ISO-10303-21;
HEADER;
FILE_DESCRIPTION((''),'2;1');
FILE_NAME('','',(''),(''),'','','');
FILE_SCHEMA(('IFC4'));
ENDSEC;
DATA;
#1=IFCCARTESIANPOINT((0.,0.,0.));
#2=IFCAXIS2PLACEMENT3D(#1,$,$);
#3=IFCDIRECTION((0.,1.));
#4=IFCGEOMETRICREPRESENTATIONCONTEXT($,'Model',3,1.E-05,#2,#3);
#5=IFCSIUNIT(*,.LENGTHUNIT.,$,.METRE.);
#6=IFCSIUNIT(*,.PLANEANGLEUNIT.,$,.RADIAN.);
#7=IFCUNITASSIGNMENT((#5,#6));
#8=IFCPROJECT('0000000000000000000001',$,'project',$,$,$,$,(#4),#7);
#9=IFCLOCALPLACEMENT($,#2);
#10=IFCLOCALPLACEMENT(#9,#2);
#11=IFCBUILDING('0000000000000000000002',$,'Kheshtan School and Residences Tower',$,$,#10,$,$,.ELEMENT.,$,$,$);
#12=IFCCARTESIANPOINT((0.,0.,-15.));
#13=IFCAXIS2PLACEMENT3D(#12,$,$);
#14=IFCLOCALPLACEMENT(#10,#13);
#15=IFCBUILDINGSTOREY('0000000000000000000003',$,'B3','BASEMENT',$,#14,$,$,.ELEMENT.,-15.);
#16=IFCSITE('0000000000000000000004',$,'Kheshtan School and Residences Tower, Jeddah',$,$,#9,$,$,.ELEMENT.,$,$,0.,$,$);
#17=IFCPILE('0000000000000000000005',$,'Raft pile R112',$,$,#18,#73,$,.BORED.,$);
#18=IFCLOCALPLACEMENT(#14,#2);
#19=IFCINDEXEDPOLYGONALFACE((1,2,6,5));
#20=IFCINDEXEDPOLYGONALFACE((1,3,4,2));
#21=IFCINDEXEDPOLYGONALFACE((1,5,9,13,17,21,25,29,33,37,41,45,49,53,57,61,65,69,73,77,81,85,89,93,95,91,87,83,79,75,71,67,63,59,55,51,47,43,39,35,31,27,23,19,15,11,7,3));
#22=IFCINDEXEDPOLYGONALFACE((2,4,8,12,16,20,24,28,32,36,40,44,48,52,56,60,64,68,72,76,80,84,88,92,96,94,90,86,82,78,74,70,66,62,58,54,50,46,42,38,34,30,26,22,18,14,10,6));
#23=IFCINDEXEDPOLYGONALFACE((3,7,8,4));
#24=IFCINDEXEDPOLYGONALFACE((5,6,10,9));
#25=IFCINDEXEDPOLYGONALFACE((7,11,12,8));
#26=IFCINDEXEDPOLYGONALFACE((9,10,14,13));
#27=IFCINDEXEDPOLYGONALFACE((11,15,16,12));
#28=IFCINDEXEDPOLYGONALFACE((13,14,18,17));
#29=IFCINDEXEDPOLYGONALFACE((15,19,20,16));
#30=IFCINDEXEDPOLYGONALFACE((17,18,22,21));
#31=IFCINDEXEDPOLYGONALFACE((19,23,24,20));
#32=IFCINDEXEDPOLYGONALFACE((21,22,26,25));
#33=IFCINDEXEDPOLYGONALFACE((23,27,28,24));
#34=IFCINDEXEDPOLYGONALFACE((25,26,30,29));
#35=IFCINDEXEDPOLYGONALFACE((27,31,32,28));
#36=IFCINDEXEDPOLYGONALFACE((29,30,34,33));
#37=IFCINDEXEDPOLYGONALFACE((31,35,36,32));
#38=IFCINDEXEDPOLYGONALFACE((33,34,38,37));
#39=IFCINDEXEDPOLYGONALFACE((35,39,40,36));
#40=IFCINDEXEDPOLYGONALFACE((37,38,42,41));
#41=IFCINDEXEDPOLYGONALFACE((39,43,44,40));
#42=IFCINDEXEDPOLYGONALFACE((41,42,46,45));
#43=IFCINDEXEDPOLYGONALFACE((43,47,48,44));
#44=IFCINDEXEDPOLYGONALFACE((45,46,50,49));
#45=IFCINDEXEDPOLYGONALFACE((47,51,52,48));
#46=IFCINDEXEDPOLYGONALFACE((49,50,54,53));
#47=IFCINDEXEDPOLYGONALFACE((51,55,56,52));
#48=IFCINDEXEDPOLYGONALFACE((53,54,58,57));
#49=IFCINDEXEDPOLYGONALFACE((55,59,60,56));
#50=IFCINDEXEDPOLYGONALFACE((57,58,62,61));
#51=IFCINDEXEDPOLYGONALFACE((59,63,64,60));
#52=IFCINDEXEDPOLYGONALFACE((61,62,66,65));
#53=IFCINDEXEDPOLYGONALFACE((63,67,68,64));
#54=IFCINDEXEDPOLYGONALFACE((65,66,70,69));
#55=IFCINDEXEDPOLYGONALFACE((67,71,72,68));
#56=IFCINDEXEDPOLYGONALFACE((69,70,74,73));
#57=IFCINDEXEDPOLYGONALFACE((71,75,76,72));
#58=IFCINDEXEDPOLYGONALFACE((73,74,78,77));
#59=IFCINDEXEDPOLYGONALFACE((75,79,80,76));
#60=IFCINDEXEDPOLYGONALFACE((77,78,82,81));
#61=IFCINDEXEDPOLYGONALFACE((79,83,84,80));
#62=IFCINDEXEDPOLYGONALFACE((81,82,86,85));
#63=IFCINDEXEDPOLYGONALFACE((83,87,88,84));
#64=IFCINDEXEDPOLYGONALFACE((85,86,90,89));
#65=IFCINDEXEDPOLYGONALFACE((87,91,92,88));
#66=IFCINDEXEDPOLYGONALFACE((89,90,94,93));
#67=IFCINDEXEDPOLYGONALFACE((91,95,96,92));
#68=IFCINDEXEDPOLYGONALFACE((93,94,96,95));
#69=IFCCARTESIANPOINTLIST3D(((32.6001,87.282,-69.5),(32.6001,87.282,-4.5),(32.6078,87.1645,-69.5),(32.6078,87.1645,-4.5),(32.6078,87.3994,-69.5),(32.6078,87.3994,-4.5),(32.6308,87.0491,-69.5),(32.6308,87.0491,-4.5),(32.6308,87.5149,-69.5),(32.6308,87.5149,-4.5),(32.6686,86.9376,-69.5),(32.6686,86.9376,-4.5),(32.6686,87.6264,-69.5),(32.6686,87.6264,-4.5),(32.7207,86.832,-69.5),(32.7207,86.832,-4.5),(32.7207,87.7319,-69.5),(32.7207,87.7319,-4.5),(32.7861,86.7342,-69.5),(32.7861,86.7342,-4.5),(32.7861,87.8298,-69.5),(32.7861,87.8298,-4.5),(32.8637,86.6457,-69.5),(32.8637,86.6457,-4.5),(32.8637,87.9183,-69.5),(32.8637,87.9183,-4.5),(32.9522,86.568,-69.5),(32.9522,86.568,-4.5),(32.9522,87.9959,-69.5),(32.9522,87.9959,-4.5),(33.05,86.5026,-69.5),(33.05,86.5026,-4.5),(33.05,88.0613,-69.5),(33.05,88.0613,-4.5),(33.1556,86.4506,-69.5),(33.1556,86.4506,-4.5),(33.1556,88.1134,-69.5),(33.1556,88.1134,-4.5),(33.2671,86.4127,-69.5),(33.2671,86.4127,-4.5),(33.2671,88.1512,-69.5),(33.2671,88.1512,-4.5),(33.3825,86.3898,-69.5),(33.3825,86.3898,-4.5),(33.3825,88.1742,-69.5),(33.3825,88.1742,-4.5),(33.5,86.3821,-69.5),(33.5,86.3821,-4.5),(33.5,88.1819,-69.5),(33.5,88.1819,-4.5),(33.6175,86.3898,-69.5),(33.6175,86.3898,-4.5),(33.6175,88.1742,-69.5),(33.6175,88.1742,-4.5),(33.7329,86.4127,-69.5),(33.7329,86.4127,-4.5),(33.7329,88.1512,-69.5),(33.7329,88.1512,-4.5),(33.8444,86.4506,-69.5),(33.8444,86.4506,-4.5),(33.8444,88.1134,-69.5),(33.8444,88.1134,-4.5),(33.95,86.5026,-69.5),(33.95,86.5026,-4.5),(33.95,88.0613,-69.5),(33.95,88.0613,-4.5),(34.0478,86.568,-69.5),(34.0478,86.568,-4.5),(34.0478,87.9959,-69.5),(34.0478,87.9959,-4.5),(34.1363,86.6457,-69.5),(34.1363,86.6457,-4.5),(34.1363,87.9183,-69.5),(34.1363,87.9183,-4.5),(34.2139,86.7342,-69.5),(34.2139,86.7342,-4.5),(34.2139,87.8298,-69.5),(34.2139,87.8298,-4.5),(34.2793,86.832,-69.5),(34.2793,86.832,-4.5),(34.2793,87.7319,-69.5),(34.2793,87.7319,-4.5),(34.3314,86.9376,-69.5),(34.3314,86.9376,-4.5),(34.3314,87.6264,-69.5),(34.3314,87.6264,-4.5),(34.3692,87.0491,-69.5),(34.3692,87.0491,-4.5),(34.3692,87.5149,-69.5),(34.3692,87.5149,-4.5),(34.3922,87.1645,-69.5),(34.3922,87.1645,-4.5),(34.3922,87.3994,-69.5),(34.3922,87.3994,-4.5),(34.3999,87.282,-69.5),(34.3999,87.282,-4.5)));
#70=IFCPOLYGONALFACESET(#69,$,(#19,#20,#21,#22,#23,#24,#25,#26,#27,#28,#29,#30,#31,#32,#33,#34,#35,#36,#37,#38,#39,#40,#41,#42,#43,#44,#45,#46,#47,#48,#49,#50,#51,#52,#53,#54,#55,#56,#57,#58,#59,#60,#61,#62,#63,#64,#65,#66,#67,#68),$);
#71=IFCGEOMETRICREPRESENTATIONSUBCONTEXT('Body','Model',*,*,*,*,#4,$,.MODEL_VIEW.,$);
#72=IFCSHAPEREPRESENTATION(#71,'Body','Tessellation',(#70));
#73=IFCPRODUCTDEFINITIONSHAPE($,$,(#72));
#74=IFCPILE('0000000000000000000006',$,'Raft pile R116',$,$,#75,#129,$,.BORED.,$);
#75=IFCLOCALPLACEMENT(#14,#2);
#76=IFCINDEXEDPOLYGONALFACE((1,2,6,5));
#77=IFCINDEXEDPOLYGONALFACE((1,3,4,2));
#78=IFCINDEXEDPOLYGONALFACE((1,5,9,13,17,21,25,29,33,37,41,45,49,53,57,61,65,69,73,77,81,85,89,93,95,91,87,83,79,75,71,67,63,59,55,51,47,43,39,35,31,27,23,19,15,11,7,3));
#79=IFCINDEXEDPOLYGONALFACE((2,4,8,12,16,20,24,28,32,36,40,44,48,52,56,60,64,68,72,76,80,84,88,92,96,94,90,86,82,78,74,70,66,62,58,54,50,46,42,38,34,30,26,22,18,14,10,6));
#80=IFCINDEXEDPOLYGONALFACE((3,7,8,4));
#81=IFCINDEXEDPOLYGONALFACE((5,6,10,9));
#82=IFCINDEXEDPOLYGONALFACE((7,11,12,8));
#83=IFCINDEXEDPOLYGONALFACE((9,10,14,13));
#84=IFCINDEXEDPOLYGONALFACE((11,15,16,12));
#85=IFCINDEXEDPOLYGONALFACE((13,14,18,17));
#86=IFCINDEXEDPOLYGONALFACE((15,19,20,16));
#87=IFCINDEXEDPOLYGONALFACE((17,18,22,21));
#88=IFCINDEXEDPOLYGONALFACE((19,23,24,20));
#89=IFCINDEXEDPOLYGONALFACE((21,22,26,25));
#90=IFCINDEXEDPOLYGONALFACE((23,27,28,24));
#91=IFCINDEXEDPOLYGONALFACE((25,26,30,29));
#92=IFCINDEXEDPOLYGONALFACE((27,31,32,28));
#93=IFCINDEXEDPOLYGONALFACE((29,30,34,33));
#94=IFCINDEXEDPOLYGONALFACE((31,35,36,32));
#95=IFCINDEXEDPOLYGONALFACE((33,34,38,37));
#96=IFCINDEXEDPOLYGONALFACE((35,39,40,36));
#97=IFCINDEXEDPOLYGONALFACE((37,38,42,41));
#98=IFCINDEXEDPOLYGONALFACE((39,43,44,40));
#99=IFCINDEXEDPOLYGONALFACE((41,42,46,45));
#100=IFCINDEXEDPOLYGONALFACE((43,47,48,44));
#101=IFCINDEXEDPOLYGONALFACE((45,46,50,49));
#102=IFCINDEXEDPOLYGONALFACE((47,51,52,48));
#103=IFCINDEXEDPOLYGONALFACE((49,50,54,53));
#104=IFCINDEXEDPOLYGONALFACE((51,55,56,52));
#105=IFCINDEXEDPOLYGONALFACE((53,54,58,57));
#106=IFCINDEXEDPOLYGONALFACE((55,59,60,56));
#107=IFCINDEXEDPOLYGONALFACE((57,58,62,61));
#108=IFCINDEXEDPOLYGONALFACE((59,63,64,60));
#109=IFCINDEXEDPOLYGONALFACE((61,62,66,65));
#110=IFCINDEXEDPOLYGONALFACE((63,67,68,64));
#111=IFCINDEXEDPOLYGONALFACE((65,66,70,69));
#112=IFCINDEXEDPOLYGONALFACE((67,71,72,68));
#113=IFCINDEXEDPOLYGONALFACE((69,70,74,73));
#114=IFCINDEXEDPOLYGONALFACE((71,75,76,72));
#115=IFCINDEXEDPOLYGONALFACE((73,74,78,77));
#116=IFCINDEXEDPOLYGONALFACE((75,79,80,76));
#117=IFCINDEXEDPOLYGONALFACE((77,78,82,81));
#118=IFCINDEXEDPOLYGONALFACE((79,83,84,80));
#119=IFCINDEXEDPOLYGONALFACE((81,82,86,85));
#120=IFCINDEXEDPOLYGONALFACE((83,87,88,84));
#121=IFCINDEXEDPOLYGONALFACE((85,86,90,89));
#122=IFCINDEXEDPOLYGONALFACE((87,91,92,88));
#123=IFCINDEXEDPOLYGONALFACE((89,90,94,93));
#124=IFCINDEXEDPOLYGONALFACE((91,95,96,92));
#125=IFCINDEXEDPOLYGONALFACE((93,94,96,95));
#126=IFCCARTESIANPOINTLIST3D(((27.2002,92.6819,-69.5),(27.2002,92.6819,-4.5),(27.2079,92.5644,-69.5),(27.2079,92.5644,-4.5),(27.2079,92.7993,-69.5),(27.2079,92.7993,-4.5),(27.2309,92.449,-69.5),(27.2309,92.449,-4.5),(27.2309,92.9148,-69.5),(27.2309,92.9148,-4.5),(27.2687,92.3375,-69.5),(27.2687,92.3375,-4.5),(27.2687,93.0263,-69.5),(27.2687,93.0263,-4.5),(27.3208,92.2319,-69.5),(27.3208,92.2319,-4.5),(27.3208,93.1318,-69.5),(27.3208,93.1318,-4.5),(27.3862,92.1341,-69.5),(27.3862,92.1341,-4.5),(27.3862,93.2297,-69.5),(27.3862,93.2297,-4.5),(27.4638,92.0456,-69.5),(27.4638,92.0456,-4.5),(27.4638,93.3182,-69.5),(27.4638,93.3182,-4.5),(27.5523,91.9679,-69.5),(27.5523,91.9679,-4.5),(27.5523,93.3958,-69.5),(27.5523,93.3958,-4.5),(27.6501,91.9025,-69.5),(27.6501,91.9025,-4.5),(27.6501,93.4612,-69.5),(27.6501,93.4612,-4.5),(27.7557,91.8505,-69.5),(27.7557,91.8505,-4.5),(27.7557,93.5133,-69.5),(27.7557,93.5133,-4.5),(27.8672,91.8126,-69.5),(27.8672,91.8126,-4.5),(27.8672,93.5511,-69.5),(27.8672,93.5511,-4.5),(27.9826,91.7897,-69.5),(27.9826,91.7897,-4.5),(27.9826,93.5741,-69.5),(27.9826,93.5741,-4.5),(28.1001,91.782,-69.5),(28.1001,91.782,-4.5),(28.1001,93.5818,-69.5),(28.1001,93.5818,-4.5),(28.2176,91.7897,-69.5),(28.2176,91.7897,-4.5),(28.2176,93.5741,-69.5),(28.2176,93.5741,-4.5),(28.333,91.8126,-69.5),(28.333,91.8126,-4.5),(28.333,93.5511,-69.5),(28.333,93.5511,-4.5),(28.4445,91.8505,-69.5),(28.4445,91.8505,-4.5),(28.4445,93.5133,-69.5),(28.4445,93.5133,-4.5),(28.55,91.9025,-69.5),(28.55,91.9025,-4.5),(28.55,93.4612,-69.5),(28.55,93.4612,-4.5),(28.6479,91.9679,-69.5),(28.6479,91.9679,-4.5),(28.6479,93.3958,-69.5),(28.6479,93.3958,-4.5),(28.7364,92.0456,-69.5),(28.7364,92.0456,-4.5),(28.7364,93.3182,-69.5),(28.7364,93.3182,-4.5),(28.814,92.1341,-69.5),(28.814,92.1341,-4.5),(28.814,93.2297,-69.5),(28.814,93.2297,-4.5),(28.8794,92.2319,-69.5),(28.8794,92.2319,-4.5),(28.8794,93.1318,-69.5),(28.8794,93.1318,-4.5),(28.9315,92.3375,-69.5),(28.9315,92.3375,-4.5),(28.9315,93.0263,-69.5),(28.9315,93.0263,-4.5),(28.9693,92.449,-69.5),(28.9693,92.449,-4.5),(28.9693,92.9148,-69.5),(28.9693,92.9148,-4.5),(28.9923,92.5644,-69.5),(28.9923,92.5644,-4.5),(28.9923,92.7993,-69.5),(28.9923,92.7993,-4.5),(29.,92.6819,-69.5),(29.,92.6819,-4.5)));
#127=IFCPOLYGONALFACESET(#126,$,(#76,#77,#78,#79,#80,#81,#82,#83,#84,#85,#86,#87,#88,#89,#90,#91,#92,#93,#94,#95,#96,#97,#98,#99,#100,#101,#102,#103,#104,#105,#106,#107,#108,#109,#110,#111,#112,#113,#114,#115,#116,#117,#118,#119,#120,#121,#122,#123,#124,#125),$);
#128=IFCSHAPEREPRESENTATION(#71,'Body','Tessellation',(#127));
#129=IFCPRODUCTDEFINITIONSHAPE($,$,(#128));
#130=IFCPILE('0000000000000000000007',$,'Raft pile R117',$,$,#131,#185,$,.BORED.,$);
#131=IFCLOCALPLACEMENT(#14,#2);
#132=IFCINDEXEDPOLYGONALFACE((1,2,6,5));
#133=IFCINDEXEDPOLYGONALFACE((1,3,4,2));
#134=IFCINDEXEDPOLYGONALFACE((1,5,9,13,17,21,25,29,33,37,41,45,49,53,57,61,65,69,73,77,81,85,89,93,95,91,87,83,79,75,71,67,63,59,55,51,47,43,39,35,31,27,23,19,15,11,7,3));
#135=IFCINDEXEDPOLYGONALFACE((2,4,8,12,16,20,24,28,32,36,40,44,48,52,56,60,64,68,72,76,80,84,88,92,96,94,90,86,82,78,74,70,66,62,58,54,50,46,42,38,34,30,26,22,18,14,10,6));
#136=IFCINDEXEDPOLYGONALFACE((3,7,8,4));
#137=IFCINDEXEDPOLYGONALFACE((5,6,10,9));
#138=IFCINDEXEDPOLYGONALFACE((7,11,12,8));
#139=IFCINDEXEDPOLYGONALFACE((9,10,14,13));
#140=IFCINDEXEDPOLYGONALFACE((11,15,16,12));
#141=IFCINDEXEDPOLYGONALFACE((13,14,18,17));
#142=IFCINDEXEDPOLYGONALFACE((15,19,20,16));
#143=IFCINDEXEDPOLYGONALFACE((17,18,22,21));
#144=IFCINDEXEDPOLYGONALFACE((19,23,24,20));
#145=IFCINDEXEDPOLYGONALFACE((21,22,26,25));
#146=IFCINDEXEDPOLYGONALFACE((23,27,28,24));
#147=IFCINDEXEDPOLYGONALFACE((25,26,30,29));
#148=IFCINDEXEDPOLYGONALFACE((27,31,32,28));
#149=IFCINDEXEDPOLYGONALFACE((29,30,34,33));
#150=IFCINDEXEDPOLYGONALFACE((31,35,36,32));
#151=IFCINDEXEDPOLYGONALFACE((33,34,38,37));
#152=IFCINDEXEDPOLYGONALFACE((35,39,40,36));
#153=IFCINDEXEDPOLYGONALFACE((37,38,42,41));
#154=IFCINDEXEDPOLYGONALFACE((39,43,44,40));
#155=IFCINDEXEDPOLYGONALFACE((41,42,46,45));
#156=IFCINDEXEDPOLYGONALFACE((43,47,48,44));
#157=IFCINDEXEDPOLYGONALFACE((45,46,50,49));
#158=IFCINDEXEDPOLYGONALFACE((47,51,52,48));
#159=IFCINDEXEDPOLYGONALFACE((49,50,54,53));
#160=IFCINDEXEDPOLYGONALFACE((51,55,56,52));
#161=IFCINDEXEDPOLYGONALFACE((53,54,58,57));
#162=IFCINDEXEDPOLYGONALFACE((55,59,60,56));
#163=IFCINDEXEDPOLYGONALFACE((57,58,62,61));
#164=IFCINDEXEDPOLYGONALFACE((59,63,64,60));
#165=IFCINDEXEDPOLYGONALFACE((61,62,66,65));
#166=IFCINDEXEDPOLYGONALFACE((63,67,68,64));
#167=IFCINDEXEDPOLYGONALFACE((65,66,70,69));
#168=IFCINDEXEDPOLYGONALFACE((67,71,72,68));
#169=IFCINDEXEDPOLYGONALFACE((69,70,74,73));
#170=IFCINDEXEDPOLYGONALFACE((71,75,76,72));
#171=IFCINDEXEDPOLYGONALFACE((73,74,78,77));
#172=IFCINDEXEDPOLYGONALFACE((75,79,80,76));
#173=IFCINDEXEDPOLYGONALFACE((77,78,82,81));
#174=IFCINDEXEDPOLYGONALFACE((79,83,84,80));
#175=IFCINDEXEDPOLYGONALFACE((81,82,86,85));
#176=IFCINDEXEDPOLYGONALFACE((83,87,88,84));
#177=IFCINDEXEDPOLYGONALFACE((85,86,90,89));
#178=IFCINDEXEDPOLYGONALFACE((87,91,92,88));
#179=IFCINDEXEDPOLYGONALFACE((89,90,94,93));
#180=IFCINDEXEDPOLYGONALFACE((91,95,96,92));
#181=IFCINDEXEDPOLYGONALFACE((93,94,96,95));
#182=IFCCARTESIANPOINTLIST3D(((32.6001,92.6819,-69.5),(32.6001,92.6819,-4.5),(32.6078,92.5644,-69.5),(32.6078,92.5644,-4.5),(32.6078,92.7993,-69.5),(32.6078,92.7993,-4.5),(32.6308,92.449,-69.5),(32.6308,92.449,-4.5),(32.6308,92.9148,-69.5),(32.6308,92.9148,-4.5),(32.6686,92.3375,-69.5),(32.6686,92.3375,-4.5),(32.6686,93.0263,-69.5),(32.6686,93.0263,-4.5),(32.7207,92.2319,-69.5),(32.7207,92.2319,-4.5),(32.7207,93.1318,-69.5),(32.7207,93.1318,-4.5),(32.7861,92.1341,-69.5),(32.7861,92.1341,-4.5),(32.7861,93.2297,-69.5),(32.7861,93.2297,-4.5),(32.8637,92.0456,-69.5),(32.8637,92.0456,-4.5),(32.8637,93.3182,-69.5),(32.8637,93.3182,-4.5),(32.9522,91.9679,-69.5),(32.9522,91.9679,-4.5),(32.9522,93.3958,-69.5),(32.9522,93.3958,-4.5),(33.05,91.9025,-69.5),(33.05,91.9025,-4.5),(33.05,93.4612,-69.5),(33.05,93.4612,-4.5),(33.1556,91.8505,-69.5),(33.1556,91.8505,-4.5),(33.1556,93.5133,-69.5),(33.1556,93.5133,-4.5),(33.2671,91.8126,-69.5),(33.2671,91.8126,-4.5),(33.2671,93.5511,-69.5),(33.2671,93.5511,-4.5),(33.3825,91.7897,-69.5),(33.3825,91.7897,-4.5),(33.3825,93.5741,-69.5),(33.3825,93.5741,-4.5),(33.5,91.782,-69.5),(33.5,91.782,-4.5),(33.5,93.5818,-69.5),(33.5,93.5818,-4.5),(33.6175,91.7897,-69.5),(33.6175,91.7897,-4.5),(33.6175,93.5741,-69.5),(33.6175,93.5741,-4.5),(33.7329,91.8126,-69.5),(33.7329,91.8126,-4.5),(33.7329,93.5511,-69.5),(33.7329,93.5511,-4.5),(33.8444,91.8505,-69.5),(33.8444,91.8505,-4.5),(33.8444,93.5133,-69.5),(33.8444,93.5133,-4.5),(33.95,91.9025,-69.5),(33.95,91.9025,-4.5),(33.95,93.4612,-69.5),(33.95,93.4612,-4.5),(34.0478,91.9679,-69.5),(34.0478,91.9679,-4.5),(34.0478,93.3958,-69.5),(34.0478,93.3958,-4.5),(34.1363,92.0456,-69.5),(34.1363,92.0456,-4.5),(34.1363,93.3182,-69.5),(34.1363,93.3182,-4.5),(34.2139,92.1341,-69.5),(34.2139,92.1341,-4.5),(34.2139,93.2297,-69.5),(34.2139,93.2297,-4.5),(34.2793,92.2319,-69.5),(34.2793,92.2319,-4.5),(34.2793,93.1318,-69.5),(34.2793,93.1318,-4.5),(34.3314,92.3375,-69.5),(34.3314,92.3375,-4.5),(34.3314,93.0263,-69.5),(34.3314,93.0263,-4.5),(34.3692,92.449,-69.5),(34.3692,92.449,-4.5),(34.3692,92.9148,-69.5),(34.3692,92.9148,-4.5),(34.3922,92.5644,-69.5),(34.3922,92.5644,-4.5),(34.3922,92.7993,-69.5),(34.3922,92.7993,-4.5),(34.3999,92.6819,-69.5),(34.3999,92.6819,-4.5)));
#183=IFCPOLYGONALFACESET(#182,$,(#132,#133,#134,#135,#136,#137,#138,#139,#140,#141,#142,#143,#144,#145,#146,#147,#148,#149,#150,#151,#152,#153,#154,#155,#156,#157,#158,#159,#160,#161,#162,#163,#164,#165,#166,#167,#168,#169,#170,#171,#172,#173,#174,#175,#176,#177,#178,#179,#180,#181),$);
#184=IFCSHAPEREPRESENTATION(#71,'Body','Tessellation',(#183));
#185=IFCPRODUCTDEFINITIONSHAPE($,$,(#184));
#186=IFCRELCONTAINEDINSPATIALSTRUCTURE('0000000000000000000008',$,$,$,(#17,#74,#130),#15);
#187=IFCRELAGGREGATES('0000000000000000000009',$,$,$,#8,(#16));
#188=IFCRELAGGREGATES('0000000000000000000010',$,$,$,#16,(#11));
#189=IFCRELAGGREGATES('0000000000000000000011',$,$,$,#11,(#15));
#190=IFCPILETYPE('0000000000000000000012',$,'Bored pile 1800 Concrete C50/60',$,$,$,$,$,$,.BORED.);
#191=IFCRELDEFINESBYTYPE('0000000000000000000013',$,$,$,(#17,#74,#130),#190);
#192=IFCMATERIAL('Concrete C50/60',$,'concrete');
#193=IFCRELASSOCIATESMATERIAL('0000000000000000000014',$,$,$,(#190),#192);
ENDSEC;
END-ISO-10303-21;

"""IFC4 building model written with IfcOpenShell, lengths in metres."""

from ifc_helpers import new_model, si_unit, direction, frame, origin, origin_2d, place, context, subcontext, project, spatial, circle, extrude, material, material_profile, profile_set, type_object, element, save


model = new_model("IFC4")

# Units and contexts
model_context = context("Model", 3, precision=1e-05, world=origin(), true_north=direction((0.0, 1.0)))
body_context = subcontext(model_context, "Body", "Model", "MODEL_VIEW")
ifc_project = project(units=[si_unit("LENGTHUNIT", "METRE"), si_unit("PLANEANGLEUNIT", "RADIAN")], contexts=[model_context])

# Site, building, storey
site_placement = place(None, origin())
site = spatial("IfcSite", under=ifc_project, at=site_placement, Name="Kheshtan School and Residences Tower, Jeddah", CompositionType="ELEMENT", RefElevation=0.0)
building_placement = place(site_placement, origin())
building = spatial("IfcBuilding", under=site, at=building_placement, Name="Kheshtan School and Residences Tower", CompositionType="ELEMENT")
storey_placement = place(building_placement, frame((0.0, 0.0, -15.0)))
storey = spatial("IfcBuildingStorey", under=building, at=storey_placement, Name="B3", Description="BASEMENT", CompositionType="ELEMENT", Elevation=-15.0)

# Piles
ifc_material_1 = material(Name="Concrete C50/60", Category="concrete")
ifc_material_profile_1 = material_profile(ifc_material_1, circle(Radius=0.8999, at=origin_2d()), Name="BP 1800")
ifc_profile_set_1 = profile_set([ifc_material_profile_1], Name="Concrete C50/60")
pile_type_1 = type_object("IfcPileType", Name="Bored pile 1800 Concrete C50/60", PredefinedType="BORED", material=ifc_profile_set_1)
for number, where, z_axis, x_axis, name in (
    (1, (33.5, 87.282, -4.5), (0.0, 0.0, -1.0), (1.0, 0.0, 0.0), "Raft pile R112"),
    (2, (28.1001, 92.6819, -4.5), (0.0, 0.0, -1.0), (1.0, 0.0, 0.0), "Raft pile R116"),
    (3, (33.5, 92.6819, -4.5), (0.0, 0.0, -1.0), (1.0, 0.0, 0.0), "Raft pile R117"),
):
    element("IfcPile", number, at=place(storey_placement, frame(where, z_axis=z_axis, x_axis=x_axis)), inside=storey, type_object=pile_type_1, Name=name, PredefinedType="BORED", context=body_context, shape_type="SweptSolid", body=[
        extrude(circle(Radius=0.8999, at=origin_2d()), origin(), (0.0, 0.0, 1.0), 65.0),
    ])

save(model, "model.ifc")
